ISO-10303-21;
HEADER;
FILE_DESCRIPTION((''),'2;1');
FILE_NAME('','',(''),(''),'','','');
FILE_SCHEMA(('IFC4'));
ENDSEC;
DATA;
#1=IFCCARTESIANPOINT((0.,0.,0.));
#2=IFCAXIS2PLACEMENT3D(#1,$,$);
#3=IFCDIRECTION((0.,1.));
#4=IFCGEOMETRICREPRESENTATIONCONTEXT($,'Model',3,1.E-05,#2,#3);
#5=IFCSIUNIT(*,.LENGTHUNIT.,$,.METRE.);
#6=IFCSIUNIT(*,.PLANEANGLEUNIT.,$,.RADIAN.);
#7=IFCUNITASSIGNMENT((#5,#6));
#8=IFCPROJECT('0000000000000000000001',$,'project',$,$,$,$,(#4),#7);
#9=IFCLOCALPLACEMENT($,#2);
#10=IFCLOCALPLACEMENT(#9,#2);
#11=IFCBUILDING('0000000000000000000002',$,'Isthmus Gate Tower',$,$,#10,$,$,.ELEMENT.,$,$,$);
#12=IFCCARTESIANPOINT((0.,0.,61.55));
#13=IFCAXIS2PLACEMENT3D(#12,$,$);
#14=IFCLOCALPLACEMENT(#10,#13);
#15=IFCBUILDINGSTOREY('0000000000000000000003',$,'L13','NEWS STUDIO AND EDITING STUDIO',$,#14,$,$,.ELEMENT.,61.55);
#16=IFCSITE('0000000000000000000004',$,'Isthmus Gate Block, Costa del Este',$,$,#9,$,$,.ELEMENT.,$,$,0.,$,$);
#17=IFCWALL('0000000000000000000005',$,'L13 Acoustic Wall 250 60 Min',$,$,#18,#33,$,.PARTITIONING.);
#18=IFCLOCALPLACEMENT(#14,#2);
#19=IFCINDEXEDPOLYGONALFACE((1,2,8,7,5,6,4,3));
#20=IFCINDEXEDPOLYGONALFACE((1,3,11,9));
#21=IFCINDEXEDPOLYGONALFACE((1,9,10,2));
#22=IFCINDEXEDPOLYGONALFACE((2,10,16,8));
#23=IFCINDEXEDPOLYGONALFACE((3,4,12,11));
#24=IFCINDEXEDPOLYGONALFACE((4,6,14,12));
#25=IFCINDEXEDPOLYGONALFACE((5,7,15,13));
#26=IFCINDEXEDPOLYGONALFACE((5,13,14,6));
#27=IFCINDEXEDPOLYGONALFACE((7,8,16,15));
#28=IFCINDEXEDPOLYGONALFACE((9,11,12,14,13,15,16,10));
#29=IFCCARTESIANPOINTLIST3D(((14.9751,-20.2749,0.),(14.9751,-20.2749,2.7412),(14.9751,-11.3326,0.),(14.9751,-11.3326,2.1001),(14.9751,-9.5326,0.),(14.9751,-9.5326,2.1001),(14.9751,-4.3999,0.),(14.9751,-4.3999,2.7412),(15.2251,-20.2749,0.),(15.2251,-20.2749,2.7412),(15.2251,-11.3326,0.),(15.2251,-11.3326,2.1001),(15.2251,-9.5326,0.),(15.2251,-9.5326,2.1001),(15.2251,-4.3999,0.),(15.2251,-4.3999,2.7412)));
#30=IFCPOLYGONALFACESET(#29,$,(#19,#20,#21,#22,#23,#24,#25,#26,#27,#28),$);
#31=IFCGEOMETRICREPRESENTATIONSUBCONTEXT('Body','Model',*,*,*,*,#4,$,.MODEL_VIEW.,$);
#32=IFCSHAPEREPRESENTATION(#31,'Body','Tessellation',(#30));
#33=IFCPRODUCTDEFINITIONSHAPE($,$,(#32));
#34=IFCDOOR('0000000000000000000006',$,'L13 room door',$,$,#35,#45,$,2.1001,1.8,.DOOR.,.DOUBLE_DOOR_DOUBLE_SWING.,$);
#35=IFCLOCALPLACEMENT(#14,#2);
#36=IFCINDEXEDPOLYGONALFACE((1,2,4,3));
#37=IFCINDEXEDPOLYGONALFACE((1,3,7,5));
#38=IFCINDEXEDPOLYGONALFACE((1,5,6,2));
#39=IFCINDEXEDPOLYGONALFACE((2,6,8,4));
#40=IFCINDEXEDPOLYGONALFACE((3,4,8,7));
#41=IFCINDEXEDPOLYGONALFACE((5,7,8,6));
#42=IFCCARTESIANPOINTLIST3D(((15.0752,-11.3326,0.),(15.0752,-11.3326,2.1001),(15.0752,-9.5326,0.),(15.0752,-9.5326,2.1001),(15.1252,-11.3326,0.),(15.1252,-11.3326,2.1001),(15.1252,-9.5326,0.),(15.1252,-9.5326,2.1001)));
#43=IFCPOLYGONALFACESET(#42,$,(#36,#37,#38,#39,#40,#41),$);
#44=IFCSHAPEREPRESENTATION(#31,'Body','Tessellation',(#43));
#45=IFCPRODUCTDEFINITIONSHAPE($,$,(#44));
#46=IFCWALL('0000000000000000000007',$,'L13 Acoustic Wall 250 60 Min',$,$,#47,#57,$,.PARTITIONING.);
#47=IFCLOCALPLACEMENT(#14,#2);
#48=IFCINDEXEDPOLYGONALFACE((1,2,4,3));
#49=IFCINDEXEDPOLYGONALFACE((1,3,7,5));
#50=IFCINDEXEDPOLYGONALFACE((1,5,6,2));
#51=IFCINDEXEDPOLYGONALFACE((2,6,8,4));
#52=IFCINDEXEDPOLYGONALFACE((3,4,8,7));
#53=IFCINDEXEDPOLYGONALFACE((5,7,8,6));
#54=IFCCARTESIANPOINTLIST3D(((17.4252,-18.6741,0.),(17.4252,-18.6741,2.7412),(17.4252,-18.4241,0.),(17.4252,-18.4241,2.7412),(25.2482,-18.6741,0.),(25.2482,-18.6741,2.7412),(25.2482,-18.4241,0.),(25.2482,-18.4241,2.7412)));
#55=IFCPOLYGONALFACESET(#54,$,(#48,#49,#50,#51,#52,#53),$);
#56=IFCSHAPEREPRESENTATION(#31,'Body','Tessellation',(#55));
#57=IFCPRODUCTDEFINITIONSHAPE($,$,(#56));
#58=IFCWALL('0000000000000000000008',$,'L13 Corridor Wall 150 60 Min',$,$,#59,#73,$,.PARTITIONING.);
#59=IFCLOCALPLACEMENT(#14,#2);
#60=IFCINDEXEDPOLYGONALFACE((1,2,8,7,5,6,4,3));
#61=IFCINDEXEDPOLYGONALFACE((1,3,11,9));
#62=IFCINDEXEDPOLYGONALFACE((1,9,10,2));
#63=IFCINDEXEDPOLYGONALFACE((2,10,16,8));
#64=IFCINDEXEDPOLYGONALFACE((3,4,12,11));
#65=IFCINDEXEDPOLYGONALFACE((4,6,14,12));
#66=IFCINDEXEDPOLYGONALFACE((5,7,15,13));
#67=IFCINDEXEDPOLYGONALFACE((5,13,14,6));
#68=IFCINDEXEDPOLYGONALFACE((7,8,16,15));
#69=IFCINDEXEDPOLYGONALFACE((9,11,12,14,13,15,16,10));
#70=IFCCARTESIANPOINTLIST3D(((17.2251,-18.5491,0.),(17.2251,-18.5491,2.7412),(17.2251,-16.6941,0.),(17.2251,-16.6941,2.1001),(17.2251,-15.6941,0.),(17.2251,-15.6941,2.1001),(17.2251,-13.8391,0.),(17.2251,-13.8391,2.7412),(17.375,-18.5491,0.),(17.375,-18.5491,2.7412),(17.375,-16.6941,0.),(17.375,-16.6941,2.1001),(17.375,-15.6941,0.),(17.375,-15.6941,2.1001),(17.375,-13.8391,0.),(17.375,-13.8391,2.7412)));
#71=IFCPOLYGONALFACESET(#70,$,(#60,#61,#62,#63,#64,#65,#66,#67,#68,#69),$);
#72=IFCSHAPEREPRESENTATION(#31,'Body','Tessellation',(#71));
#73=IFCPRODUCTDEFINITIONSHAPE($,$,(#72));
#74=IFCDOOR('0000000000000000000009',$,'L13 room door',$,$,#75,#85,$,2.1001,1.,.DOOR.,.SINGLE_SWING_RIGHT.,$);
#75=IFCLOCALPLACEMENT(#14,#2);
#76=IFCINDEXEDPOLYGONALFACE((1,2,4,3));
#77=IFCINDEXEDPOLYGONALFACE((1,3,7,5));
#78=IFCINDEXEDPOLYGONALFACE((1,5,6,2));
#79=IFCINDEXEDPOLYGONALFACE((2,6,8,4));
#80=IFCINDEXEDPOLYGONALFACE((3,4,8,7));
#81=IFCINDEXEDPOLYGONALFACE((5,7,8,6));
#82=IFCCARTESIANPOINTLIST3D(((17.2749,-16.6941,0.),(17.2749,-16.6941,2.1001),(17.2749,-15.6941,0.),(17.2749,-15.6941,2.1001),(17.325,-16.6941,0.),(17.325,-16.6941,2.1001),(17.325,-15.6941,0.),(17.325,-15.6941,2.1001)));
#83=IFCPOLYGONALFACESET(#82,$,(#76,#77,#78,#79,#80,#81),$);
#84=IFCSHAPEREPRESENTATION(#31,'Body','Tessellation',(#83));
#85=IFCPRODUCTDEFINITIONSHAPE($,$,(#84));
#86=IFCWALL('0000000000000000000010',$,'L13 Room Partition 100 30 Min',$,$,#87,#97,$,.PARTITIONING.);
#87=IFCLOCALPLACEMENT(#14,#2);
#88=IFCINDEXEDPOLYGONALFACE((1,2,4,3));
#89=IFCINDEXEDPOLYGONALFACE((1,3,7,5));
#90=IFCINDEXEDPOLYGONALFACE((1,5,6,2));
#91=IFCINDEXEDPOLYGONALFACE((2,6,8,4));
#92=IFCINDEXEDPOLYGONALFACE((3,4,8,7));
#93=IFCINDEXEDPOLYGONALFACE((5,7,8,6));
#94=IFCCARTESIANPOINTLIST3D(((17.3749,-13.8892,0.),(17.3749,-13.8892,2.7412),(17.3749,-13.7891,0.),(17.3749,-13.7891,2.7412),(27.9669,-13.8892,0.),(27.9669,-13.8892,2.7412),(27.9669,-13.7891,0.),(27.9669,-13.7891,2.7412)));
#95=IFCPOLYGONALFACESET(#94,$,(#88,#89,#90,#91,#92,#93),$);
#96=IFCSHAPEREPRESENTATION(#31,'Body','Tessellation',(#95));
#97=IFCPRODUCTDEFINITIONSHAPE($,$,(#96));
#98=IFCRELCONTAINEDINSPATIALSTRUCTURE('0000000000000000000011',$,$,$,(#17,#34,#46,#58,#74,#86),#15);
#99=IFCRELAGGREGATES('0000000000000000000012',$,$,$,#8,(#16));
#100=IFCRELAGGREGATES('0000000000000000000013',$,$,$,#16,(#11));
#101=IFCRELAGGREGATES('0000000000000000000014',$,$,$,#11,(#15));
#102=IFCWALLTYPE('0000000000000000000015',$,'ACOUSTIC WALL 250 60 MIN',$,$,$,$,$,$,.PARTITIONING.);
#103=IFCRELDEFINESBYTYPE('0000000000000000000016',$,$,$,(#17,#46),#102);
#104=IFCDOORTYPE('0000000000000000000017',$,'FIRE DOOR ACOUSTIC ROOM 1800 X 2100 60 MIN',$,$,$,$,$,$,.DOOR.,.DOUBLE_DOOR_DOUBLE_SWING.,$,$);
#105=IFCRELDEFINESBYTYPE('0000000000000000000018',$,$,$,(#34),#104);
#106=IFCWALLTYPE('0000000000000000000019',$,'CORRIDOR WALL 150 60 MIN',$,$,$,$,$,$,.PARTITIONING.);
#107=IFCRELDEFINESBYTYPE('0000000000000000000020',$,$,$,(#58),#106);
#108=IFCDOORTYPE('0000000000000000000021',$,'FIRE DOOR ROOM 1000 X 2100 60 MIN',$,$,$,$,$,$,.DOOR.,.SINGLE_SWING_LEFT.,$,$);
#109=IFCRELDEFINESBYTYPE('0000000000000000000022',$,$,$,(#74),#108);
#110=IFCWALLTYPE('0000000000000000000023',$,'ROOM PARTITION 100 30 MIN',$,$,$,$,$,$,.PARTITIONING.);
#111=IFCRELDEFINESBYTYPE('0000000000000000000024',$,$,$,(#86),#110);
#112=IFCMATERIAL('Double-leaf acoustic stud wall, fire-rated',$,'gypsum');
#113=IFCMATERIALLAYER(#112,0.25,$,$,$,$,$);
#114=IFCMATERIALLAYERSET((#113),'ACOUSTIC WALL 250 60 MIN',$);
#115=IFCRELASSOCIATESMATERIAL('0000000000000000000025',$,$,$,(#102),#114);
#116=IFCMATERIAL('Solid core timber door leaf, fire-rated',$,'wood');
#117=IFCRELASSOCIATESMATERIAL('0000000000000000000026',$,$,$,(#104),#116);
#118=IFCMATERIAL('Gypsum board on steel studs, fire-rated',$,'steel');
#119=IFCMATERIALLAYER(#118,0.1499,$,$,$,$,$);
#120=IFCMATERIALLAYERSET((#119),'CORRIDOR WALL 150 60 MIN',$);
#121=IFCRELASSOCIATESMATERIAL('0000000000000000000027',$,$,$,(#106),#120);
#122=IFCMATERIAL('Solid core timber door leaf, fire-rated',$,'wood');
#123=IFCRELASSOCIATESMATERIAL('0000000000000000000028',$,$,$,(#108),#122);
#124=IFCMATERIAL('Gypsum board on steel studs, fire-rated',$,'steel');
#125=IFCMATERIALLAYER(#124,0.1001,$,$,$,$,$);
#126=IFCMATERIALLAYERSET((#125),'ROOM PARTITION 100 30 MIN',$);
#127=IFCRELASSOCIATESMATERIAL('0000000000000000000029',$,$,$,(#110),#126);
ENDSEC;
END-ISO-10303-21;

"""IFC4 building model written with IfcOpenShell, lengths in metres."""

from ifc_helpers import new_model, si_unit, direction, frame, frame_2d, origin, place, context, subcontext, project, spatial, rectangle, extrude, material, layer, layer_set, type_object, element, fill, save


model = new_model("IFC4")

# Units and contexts
model_context = context("Model", 3, precision=1e-05, world=origin(), true_north=direction((0.0, 1.0)))
body_context = subcontext(model_context, "Body", "Model", "MODEL_VIEW")
ifc_project = project(units=[si_unit("LENGTHUNIT", "METRE"), si_unit("PLANEANGLEUNIT", "RADIAN")], contexts=[model_context])

# Site, building, storey
site_placement = place(None, origin())
site = spatial("IfcSite", under=ifc_project, at=site_placement, Name="Isthmus Gate Block, Costa del Este", CompositionType="ELEMENT", RefElevation=0.0)
building_placement = place(site_placement, origin())
building = spatial("IfcBuilding", under=site, at=building_placement, Name="Isthmus Gate Tower", CompositionType="ELEMENT")
storey_placement = place(building_placement, frame((0.0, 0.0, 61.55)))
storey = spatial("IfcBuildingStorey", under=building, at=storey_placement, Name="L13", Description="NEWS STUDIO AND EDITING STUDIO", CompositionType="ELEMENT", Elevation=61.55)

# Shared definitions
ifc_material_1 = material(Name="Double-leaf acoustic stud wall, fire-rated", Category="gypsum")
ifc_layer_1 = layer(ifc_material_1, 0.25)
ifc_layer_set_1 = layer_set([ifc_layer_1], Name="ACOUSTIC WALL 250 60 MIN")
wall_type_1 = type_object("IfcWallType", Name="ACOUSTIC WALL 250 60 MIN", PredefinedType="PARTITIONING", material=ifc_layer_set_1)

# Wall, opening, door
wall_1_placement = place(storey_placement, frame((15.1001, -20.2749, 0.0), z_axis=(0.0, 0.0, 1.0), x_axis=(0.0, 1.0, 0.0)))
wall_1 = element("IfcWall", 1, at=wall_1_placement, inside=storey, type_object=wall_type_1, Name="L13 Acoustic Wall 250 60 Min", PredefinedType="PARTITIONING", context=body_context, shape_type="SweptSolid", body=[
    extrude(rectangle(XDim=15.875, YDim=0.25, at=frame_2d((7.9375, 0.0))), origin(), (0.0, 0.0, 1.0), 2.7412),
])
opening_1_placement = place(wall_1_placement, frame((8.9424, 0.0, 0.0)))
opening_1 = element("IfcOpeningElement", 2, at=opening_1_placement, cuts=wall_1, PredefinedType="OPENING", context=body_context, shape_type="SweptSolid", body=[
    extrude(rectangle(XDim=1.8, YDim=2.1001, at=frame_2d((0.8999, 1.05))), frame((0.0, 0.135, 0.0), z_axis=(0.0, -1.0, 0.0), x_axis=(1.0, 0.0, 0.0)), (0.0, 0.0, 1.0), 0.27),
])
ifc_material_2 = material(Name="Solid core timber door leaf, fire-rated", Category="wood")
door_type_1 = type_object("IfcDoorType", Name="FIRE DOOR ACOUSTIC ROOM 1800 X 2100 60 MIN", OperationType="DOUBLE_DOOR_DOUBLE_SWING", PredefinedType="DOOR", material=ifc_material_2)
door_1_placement = place(opening_1_placement, origin())
door_1 = element("IfcDoor", 3, at=door_1_placement, inside=storey, type_object=door_type_1, Name="L13 room door", OperationType="DOUBLE_DOOR_DOUBLE_SWING", OverallHeight=2.1001, OverallWidth=1.8, PredefinedType="DOOR", context=body_context, shape_type="SweptSolid", body=[
    extrude(rectangle(XDim=1.8, YDim=2.1001, at=frame_2d((0.8999, 1.05))), frame((0.0, 0.0249, 0.0), z_axis=(0.0, -1.0, 0.0), x_axis=(1.0, 0.0, 0.0)), (0.0, 0.0, 1.0), 0.05),
])
fill(opening_1, door_1)

# Wall
wall_2_placement = place(storey_placement, frame((17.425, -18.5491, 0.0), z_axis=(0.0, 0.0, 1.0), x_axis=(1.0, 0.0, 0.0)))
element("IfcWall", 4, at=wall_2_placement, inside=storey, type_object=wall_type_1, Name="L13 Acoustic Wall 250 60 Min", PredefinedType="PARTITIONING", context=body_context, shape_type="SweptSolid", body=[
    extrude(rectangle(XDim=7.823, YDim=0.25, at=frame_2d((3.9116, 0.0))), origin(), (0.0, 0.0, 1.0), 2.7412),
])

# Wall, opening, door
ifc_material_3 = material(Name="Gypsum board on steel studs, fire-rated", Category="steel")
ifc_layer_2 = layer(ifc_material_3, 0.1499)
ifc_layer_set_2 = layer_set([ifc_layer_2], Name="CORRIDOR WALL 150 60 MIN")
wall_type_2 = type_object("IfcWallType", Name="CORRIDOR WALL 150 60 MIN", PredefinedType="PARTITIONING", material=ifc_layer_set_2)
wall_3_placement = place(storey_placement, frame((17.3, -13.8391, 0.0), z_axis=(0.0, 0.0, 1.0), x_axis=(0.0, -1.0, 0.0)))
wall_3 = element("IfcWall", 5, at=wall_3_placement, inside=storey, type_object=wall_type_2, Name="L13 Corridor Wall 150 60 Min", PredefinedType="PARTITIONING", context=body_context, shape_type="SweptSolid", body=[
    extrude(rectangle(XDim=4.71, YDim=0.1499, at=frame_2d((2.355, 0.0))), origin(), (0.0, 0.0, 1.0), 2.7412),
])
opening_2_placement = place(wall_3_placement, frame((1.855, 0.0, 0.0)))
opening_2 = element("IfcOpeningElement", 6, at=opening_2_placement, cuts=wall_3, PredefinedType="OPENING", context=body_context, shape_type="SweptSolid", body=[
    extrude(rectangle(XDim=1.0, YDim=2.1001, at=frame_2d((0.5, 1.05))), frame((0.0, 0.085, 0.0), z_axis=(0.0, -1.0, 0.0), x_axis=(1.0, 0.0, 0.0)), (0.0, 0.0, 1.0), 0.1699),
])
ifc_material_4 = material(Name="Solid core timber door leaf, fire-rated", Category="wood")
door_type_2 = type_object("IfcDoorType", Name="FIRE DOOR ROOM 1000 X 2100 60 MIN", OperationType="SINGLE_SWING_LEFT", PredefinedType="DOOR", material=ifc_material_4)
door_2_placement = place(opening_2_placement, origin())
door_2 = element("IfcDoor", 7, at=door_2_placement, inside=storey, type_object=door_type_2, Name="L13 room door", OperationType="SINGLE_SWING_RIGHT", OverallHeight=2.1001, OverallWidth=1.0, PredefinedType="DOOR", context=body_context, shape_type="SweptSolid", body=[
    extrude(rectangle(XDim=1.0, YDim=2.1001, at=frame_2d((0.5, 1.05))), frame((0.0, 0.0249, 0.0), z_axis=(0.0, -1.0, 0.0), x_axis=(1.0, 0.0, 0.0)), (0.0, 0.0, 1.0), 0.05),
])
fill(opening_2, door_2)

# Wall
ifc_material_5 = material(Name="Gypsum board on steel studs, fire-rated", Category="steel")
ifc_layer_3 = layer(ifc_material_5, 0.1001)
ifc_layer_set_3 = layer_set([ifc_layer_3], Name="ROOM PARTITION 100 30 MIN")
wall_type_3 = type_object("IfcWallType", Name="ROOM PARTITION 100 30 MIN", PredefinedType="PARTITIONING", material=ifc_layer_set_3)
wall_4_placement = place(storey_placement, frame((17.375, -13.8391, 0.0), z_axis=(0.0, 0.0, 1.0), x_axis=(1.0, 0.0, 0.0)))
element("IfcWall", 8, at=wall_4_placement, inside=storey, type_object=wall_type_3, Name="L13 Room Partition 100 30 Min", PredefinedType="PARTITIONING", context=body_context, shape_type="SweptSolid", body=[
    extrude(rectangle(XDim=10.592, YDim=0.1001, at=frame_2d((5.2959, 0.0))), origin(), (0.0, 0.0, 1.0), 2.7412),
])

save(model, "model.ifc")
